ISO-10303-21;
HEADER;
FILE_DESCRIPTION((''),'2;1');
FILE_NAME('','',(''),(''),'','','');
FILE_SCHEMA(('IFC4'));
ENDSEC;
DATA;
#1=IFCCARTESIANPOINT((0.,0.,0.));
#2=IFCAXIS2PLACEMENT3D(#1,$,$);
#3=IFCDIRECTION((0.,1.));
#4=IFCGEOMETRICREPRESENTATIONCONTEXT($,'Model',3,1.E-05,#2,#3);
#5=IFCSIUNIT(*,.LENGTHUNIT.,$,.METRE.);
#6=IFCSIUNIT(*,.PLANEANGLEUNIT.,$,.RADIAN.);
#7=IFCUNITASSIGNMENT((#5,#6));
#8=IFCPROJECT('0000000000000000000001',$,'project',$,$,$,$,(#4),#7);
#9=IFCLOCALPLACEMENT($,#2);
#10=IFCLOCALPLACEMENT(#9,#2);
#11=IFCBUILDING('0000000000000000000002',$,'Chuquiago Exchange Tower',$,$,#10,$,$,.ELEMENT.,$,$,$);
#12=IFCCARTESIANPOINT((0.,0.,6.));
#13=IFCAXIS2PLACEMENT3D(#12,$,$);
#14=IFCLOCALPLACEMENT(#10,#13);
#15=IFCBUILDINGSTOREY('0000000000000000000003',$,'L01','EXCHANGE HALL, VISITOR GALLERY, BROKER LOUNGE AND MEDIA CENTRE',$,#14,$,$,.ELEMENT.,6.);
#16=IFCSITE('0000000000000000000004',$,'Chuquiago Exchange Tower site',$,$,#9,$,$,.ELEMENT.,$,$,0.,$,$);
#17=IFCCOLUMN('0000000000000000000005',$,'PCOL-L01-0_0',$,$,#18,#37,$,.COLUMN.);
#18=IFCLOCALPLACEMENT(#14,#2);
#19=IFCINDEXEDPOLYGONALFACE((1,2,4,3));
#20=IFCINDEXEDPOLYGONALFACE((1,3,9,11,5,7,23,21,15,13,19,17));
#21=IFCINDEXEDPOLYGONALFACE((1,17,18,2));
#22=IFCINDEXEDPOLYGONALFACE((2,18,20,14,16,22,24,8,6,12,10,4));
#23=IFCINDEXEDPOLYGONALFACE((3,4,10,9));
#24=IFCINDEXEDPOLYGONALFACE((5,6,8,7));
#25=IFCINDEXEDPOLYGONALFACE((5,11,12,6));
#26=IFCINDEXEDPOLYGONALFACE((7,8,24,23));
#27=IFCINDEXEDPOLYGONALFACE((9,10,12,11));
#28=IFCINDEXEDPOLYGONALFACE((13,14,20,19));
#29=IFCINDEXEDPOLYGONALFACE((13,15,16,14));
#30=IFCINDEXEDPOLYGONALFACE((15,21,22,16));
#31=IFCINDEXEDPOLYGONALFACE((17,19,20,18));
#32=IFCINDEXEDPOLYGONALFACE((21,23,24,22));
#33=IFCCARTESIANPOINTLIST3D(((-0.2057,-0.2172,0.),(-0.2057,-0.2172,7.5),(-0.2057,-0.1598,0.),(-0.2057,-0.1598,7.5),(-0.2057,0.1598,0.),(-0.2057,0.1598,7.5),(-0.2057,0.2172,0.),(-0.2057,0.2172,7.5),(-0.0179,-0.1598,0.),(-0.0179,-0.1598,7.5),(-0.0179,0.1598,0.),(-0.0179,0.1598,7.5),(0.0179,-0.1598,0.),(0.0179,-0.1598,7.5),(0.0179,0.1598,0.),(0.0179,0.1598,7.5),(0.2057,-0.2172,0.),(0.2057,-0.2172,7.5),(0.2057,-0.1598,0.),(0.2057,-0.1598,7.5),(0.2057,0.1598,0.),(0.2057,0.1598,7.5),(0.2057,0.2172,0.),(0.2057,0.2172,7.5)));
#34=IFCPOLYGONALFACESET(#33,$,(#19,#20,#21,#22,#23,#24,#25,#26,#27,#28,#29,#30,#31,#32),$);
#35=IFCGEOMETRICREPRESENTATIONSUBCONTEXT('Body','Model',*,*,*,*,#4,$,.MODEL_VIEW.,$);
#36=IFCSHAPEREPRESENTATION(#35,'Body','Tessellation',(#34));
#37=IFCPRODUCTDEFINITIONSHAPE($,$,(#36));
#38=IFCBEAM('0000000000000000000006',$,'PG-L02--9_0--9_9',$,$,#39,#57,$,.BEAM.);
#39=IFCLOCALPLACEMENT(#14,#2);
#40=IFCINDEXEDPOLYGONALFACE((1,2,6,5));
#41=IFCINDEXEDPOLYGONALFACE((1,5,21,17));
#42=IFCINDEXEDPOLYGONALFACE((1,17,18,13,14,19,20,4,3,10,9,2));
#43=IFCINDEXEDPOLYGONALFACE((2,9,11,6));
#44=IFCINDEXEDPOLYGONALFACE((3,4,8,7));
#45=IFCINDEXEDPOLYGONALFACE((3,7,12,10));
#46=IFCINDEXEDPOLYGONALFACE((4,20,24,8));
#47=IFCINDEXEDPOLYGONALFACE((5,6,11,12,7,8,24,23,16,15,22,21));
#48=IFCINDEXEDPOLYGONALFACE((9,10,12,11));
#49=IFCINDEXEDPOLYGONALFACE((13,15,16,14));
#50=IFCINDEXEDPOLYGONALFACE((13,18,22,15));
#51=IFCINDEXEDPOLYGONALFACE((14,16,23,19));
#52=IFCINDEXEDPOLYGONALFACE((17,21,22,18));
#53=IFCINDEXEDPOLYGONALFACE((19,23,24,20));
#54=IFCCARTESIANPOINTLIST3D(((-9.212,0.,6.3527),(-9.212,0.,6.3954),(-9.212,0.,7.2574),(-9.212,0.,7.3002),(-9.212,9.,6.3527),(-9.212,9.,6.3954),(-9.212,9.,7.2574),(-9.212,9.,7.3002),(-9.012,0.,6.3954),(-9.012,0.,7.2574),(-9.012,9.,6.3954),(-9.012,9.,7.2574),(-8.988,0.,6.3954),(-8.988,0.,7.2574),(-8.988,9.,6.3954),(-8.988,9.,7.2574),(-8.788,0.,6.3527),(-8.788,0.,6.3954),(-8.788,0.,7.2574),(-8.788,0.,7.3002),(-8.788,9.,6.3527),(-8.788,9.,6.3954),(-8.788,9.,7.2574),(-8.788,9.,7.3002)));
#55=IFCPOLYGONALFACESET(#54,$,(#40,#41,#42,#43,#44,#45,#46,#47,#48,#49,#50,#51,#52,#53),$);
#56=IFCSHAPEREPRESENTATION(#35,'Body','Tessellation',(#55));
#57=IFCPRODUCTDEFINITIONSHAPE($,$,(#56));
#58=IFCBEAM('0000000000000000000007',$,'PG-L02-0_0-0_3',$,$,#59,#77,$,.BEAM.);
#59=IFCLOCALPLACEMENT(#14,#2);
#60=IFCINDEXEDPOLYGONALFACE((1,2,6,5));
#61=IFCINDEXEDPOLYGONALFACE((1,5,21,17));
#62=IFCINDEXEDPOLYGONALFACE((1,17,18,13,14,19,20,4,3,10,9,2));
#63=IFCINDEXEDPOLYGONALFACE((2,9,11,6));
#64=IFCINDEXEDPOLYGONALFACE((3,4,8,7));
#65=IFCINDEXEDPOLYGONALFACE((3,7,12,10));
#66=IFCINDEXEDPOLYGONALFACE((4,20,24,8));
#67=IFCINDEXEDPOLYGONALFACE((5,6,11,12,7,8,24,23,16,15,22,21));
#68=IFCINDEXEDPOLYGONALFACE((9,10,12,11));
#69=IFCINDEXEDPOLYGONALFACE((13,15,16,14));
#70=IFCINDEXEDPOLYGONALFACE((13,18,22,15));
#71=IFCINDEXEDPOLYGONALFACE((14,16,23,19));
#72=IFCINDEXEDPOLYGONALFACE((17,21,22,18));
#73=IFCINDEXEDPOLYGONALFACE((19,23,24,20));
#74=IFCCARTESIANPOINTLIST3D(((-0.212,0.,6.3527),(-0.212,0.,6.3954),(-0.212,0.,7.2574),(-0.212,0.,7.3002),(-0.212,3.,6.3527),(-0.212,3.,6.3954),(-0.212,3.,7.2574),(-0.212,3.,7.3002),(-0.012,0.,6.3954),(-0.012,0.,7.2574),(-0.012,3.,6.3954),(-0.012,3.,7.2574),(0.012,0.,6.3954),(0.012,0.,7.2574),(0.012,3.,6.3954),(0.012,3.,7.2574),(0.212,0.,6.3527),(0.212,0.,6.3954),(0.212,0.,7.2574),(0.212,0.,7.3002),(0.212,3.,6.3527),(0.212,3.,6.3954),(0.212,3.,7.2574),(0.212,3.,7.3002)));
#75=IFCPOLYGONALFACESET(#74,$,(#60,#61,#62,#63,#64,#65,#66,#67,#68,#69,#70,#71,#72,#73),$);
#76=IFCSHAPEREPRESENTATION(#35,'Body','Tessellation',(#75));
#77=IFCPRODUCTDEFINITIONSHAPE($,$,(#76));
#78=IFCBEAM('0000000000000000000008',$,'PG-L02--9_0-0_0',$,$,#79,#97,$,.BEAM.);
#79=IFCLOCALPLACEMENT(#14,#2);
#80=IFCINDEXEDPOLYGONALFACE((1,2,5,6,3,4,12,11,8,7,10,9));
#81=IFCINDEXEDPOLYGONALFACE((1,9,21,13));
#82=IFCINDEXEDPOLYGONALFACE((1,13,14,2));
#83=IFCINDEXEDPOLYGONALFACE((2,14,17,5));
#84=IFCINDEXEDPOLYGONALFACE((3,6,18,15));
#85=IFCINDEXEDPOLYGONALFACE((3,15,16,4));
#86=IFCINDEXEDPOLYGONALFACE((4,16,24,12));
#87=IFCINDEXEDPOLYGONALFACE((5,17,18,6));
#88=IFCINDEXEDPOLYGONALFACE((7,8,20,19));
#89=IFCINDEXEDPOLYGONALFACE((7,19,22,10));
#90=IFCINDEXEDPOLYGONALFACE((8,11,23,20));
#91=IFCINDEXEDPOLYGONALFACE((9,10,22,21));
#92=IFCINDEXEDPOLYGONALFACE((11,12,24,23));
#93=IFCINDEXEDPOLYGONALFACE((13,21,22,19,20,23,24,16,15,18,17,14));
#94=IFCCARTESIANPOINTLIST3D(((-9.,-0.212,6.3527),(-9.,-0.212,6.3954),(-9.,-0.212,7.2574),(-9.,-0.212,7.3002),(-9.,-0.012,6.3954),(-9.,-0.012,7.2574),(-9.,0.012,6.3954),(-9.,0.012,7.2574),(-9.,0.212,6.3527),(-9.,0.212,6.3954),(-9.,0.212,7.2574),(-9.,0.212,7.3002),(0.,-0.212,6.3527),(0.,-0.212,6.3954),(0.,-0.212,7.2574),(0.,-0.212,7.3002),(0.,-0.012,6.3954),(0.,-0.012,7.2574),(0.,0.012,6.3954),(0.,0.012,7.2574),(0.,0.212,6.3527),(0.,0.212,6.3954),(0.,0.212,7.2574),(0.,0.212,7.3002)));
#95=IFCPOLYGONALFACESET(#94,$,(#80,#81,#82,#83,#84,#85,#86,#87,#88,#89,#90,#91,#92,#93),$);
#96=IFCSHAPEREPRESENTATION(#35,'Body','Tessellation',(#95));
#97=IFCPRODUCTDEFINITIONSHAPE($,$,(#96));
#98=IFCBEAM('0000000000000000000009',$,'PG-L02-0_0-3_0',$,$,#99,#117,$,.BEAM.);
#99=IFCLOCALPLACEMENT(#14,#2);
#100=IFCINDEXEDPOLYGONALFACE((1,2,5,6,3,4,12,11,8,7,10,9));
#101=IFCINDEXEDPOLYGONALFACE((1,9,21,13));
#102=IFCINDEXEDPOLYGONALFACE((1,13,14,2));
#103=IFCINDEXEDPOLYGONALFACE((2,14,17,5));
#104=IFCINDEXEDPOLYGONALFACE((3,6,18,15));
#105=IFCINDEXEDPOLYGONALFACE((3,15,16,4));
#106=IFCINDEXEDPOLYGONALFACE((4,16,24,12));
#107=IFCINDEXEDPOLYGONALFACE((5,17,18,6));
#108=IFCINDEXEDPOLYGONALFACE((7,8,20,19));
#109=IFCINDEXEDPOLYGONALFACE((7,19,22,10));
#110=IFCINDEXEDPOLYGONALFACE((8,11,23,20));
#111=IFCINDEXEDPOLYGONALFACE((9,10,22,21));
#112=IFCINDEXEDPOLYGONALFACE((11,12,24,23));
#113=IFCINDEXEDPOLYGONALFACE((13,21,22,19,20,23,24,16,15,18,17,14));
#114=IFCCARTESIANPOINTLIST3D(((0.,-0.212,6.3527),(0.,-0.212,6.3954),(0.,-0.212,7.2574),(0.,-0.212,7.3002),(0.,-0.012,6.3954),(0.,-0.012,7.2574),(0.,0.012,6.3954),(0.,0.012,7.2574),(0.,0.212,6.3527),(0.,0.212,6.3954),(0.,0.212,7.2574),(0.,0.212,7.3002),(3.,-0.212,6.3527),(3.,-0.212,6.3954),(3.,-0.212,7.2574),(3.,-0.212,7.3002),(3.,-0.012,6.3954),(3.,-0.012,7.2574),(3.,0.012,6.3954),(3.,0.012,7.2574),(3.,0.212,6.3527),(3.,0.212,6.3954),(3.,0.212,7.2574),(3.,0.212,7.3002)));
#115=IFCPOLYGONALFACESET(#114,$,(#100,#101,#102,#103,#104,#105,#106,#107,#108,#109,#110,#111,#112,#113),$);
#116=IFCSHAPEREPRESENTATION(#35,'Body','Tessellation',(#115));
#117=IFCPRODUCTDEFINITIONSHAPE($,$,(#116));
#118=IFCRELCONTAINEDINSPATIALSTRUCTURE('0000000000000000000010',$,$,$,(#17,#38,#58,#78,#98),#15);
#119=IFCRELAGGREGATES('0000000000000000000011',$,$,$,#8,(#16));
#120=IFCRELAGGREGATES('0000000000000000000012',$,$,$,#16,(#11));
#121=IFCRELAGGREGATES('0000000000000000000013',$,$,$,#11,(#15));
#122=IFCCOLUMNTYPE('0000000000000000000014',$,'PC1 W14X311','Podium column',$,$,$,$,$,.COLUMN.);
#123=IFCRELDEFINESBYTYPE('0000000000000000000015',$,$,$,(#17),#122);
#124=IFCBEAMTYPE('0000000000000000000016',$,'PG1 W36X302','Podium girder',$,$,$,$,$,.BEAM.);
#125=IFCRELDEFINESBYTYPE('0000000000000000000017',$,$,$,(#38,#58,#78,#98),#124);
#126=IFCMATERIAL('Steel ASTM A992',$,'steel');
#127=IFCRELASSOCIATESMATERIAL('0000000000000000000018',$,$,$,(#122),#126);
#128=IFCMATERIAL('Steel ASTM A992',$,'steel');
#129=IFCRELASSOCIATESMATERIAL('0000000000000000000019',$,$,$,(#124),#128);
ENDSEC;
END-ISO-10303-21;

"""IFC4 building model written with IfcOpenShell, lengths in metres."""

from ifc_helpers import new_model, si_unit, direction, frame, origin, origin_with_axes, origin_2d, place, context, subcontext, project, spatial, i_section, extrude, material, material_profile, profile_set, type_object, element, save


model = new_model("IFC4")

# Units and contexts
model_context = context("Model", 3, precision=1e-05, world=origin(), true_north=direction((0.0, 1.0)))
body_context = subcontext(model_context, "Body", "Model", "MODEL_VIEW")
ifc_project = project(units=[si_unit("LENGTHUNIT", "METRE"), si_unit("PLANEANGLEUNIT", "RADIAN")], contexts=[model_context])

# Site, building, storey
site_placement = place(None, origin())
site = spatial("IfcSite", under=ifc_project, at=site_placement, Name="Chuquiago Exchange Tower site", CompositionType="ELEMENT", RefElevation=0.0)
building_placement = place(site_placement, origin())
building = spatial("IfcBuilding", under=site, at=building_placement, Name="Chuquiago Exchange Tower", CompositionType="ELEMENT")
storey_placement = place(building_placement, frame((0.0, 0.0, 6.0)))
storey = spatial("IfcBuildingStorey", under=building, at=storey_placement, Name="L01", Description="EXCHANGE HALL, VISITOR GALLERY, BROKER LOUNGE AND MEDIA CENTRE", CompositionType="ELEMENT", Elevation=6.0)

# Column
ifc_material_1 = material(Name="Steel ASTM A992", Category="steel")
ifc_material_profile_1 = material_profile(ifc_material_1, i_section(OverallWidth=0.4114, OverallDepth=0.4343, WebThickness=0.0359, FlangeThickness=0.0574, at=origin_2d()), Name="W14X311")
ifc_profile_set_1 = profile_set([ifc_material_profile_1], Name="Steel ASTM A992")
column_type = type_object("IfcColumnType", Name="PC1 W14X311", Description="Podium column", PredefinedType="COLUMN", material=ifc_profile_set_1)
column_placement = place(storey_placement, origin_with_axes())
element("IfcColumn", 1, at=column_placement, inside=storey, type_object=column_type, Name="PCOL-L01-0_0", PredefinedType="COLUMN", context=body_context, shape_type="SweptSolid", body=[
    extrude(i_section(OverallWidth=0.4114, OverallDepth=0.4343, WebThickness=0.0359, FlangeThickness=0.0574, at=origin_2d()), origin(), (0.0, 0.0, 1.0), 7.5),
])

# Beams
ifc_material_2 = material(Name="Steel ASTM A992", Category="steel")
ifc_material_profile_2 = material_profile(ifc_material_2, i_section(OverallWidth=0.4241, OverallDepth=0.9475, WebThickness=0.0239, FlangeThickness=0.0427, at=origin_2d()), Name="W36X302")
ifc_profile_set_2 = profile_set([ifc_material_profile_2], Name="Steel ASTM A992")
beam_type = type_object("IfcBeamType", Name="PG1 W36X302", Description="Podium girder", PredefinedType="BEAM", material=ifc_profile_set_2)
beam_1_placement = place(storey_placement, frame((-9.0, 0.0, 6.8264), z_axis=(0.0, 1.0, 0.0), x_axis=(-1.0, 0.0, 0.0)))
element("IfcBeam", 2, at=beam_1_placement, inside=storey, type_object=beam_type, Name="PG-L02--9_0--9_9", PredefinedType="BEAM", context=body_context, shape_type="SweptSolid", body=[
    extrude(i_section(OverallWidth=0.4241, OverallDepth=0.9475, WebThickness=0.0239, FlangeThickness=0.0427, at=origin_2d()), origin(), (0.0, 0.0, 1.0), 9.0),
])
beam_2_placement = place(storey_placement, frame((0.0, 0.0, 6.8264), z_axis=(0.0, 1.0, 0.0), x_axis=(-1.0, 0.0, 0.0)))
element("IfcBeam", 3, at=beam_2_placement, inside=storey, type_object=beam_type, Name="PG-L02-0_0-0_3", PredefinedType="BEAM", context=body_context, shape_type="SweptSolid", body=[
    extrude(i_section(OverallWidth=0.4241, OverallDepth=0.9475, WebThickness=0.0239, FlangeThickness=0.0427, at=origin_2d()), origin(), (0.0, 0.0, 1.0), 3.0),
])
beam_3_placement = place(storey_placement, frame((-9.0, 0.0, 6.8264), z_axis=(1.0, 0.0, 0.0), x_axis=(0.0, 1.0, 0.0)))
element("IfcBeam", 4, at=beam_3_placement, inside=storey, type_object=beam_type, Name="PG-L02--9_0-0_0", PredefinedType="BEAM", context=body_context, shape_type="SweptSolid", body=[
    extrude(i_section(OverallWidth=0.4241, OverallDepth=0.9475, WebThickness=0.0239, FlangeThickness=0.0427, at=origin_2d()), origin(), (0.0, 0.0, 1.0), 9.0),
])
beam_4_placement = place(storey_placement, frame((0.0, 0.0, 6.8264), z_axis=(1.0, 0.0, 0.0), x_axis=(0.0, 1.0, 0.0)))
element("IfcBeam", 5, at=beam_4_placement, inside=storey, type_object=beam_type, Name="PG-L02-0_0-3_0", PredefinedType="BEAM", context=body_context, shape_type="SweptSolid", body=[
    extrude(i_section(OverallWidth=0.4241, OverallDepth=0.9475, WebThickness=0.0239, FlangeThickness=0.0427, at=origin_2d()), origin(), (0.0, 0.0, 1.0), 3.0),
])

save(model, "model.ifc")
